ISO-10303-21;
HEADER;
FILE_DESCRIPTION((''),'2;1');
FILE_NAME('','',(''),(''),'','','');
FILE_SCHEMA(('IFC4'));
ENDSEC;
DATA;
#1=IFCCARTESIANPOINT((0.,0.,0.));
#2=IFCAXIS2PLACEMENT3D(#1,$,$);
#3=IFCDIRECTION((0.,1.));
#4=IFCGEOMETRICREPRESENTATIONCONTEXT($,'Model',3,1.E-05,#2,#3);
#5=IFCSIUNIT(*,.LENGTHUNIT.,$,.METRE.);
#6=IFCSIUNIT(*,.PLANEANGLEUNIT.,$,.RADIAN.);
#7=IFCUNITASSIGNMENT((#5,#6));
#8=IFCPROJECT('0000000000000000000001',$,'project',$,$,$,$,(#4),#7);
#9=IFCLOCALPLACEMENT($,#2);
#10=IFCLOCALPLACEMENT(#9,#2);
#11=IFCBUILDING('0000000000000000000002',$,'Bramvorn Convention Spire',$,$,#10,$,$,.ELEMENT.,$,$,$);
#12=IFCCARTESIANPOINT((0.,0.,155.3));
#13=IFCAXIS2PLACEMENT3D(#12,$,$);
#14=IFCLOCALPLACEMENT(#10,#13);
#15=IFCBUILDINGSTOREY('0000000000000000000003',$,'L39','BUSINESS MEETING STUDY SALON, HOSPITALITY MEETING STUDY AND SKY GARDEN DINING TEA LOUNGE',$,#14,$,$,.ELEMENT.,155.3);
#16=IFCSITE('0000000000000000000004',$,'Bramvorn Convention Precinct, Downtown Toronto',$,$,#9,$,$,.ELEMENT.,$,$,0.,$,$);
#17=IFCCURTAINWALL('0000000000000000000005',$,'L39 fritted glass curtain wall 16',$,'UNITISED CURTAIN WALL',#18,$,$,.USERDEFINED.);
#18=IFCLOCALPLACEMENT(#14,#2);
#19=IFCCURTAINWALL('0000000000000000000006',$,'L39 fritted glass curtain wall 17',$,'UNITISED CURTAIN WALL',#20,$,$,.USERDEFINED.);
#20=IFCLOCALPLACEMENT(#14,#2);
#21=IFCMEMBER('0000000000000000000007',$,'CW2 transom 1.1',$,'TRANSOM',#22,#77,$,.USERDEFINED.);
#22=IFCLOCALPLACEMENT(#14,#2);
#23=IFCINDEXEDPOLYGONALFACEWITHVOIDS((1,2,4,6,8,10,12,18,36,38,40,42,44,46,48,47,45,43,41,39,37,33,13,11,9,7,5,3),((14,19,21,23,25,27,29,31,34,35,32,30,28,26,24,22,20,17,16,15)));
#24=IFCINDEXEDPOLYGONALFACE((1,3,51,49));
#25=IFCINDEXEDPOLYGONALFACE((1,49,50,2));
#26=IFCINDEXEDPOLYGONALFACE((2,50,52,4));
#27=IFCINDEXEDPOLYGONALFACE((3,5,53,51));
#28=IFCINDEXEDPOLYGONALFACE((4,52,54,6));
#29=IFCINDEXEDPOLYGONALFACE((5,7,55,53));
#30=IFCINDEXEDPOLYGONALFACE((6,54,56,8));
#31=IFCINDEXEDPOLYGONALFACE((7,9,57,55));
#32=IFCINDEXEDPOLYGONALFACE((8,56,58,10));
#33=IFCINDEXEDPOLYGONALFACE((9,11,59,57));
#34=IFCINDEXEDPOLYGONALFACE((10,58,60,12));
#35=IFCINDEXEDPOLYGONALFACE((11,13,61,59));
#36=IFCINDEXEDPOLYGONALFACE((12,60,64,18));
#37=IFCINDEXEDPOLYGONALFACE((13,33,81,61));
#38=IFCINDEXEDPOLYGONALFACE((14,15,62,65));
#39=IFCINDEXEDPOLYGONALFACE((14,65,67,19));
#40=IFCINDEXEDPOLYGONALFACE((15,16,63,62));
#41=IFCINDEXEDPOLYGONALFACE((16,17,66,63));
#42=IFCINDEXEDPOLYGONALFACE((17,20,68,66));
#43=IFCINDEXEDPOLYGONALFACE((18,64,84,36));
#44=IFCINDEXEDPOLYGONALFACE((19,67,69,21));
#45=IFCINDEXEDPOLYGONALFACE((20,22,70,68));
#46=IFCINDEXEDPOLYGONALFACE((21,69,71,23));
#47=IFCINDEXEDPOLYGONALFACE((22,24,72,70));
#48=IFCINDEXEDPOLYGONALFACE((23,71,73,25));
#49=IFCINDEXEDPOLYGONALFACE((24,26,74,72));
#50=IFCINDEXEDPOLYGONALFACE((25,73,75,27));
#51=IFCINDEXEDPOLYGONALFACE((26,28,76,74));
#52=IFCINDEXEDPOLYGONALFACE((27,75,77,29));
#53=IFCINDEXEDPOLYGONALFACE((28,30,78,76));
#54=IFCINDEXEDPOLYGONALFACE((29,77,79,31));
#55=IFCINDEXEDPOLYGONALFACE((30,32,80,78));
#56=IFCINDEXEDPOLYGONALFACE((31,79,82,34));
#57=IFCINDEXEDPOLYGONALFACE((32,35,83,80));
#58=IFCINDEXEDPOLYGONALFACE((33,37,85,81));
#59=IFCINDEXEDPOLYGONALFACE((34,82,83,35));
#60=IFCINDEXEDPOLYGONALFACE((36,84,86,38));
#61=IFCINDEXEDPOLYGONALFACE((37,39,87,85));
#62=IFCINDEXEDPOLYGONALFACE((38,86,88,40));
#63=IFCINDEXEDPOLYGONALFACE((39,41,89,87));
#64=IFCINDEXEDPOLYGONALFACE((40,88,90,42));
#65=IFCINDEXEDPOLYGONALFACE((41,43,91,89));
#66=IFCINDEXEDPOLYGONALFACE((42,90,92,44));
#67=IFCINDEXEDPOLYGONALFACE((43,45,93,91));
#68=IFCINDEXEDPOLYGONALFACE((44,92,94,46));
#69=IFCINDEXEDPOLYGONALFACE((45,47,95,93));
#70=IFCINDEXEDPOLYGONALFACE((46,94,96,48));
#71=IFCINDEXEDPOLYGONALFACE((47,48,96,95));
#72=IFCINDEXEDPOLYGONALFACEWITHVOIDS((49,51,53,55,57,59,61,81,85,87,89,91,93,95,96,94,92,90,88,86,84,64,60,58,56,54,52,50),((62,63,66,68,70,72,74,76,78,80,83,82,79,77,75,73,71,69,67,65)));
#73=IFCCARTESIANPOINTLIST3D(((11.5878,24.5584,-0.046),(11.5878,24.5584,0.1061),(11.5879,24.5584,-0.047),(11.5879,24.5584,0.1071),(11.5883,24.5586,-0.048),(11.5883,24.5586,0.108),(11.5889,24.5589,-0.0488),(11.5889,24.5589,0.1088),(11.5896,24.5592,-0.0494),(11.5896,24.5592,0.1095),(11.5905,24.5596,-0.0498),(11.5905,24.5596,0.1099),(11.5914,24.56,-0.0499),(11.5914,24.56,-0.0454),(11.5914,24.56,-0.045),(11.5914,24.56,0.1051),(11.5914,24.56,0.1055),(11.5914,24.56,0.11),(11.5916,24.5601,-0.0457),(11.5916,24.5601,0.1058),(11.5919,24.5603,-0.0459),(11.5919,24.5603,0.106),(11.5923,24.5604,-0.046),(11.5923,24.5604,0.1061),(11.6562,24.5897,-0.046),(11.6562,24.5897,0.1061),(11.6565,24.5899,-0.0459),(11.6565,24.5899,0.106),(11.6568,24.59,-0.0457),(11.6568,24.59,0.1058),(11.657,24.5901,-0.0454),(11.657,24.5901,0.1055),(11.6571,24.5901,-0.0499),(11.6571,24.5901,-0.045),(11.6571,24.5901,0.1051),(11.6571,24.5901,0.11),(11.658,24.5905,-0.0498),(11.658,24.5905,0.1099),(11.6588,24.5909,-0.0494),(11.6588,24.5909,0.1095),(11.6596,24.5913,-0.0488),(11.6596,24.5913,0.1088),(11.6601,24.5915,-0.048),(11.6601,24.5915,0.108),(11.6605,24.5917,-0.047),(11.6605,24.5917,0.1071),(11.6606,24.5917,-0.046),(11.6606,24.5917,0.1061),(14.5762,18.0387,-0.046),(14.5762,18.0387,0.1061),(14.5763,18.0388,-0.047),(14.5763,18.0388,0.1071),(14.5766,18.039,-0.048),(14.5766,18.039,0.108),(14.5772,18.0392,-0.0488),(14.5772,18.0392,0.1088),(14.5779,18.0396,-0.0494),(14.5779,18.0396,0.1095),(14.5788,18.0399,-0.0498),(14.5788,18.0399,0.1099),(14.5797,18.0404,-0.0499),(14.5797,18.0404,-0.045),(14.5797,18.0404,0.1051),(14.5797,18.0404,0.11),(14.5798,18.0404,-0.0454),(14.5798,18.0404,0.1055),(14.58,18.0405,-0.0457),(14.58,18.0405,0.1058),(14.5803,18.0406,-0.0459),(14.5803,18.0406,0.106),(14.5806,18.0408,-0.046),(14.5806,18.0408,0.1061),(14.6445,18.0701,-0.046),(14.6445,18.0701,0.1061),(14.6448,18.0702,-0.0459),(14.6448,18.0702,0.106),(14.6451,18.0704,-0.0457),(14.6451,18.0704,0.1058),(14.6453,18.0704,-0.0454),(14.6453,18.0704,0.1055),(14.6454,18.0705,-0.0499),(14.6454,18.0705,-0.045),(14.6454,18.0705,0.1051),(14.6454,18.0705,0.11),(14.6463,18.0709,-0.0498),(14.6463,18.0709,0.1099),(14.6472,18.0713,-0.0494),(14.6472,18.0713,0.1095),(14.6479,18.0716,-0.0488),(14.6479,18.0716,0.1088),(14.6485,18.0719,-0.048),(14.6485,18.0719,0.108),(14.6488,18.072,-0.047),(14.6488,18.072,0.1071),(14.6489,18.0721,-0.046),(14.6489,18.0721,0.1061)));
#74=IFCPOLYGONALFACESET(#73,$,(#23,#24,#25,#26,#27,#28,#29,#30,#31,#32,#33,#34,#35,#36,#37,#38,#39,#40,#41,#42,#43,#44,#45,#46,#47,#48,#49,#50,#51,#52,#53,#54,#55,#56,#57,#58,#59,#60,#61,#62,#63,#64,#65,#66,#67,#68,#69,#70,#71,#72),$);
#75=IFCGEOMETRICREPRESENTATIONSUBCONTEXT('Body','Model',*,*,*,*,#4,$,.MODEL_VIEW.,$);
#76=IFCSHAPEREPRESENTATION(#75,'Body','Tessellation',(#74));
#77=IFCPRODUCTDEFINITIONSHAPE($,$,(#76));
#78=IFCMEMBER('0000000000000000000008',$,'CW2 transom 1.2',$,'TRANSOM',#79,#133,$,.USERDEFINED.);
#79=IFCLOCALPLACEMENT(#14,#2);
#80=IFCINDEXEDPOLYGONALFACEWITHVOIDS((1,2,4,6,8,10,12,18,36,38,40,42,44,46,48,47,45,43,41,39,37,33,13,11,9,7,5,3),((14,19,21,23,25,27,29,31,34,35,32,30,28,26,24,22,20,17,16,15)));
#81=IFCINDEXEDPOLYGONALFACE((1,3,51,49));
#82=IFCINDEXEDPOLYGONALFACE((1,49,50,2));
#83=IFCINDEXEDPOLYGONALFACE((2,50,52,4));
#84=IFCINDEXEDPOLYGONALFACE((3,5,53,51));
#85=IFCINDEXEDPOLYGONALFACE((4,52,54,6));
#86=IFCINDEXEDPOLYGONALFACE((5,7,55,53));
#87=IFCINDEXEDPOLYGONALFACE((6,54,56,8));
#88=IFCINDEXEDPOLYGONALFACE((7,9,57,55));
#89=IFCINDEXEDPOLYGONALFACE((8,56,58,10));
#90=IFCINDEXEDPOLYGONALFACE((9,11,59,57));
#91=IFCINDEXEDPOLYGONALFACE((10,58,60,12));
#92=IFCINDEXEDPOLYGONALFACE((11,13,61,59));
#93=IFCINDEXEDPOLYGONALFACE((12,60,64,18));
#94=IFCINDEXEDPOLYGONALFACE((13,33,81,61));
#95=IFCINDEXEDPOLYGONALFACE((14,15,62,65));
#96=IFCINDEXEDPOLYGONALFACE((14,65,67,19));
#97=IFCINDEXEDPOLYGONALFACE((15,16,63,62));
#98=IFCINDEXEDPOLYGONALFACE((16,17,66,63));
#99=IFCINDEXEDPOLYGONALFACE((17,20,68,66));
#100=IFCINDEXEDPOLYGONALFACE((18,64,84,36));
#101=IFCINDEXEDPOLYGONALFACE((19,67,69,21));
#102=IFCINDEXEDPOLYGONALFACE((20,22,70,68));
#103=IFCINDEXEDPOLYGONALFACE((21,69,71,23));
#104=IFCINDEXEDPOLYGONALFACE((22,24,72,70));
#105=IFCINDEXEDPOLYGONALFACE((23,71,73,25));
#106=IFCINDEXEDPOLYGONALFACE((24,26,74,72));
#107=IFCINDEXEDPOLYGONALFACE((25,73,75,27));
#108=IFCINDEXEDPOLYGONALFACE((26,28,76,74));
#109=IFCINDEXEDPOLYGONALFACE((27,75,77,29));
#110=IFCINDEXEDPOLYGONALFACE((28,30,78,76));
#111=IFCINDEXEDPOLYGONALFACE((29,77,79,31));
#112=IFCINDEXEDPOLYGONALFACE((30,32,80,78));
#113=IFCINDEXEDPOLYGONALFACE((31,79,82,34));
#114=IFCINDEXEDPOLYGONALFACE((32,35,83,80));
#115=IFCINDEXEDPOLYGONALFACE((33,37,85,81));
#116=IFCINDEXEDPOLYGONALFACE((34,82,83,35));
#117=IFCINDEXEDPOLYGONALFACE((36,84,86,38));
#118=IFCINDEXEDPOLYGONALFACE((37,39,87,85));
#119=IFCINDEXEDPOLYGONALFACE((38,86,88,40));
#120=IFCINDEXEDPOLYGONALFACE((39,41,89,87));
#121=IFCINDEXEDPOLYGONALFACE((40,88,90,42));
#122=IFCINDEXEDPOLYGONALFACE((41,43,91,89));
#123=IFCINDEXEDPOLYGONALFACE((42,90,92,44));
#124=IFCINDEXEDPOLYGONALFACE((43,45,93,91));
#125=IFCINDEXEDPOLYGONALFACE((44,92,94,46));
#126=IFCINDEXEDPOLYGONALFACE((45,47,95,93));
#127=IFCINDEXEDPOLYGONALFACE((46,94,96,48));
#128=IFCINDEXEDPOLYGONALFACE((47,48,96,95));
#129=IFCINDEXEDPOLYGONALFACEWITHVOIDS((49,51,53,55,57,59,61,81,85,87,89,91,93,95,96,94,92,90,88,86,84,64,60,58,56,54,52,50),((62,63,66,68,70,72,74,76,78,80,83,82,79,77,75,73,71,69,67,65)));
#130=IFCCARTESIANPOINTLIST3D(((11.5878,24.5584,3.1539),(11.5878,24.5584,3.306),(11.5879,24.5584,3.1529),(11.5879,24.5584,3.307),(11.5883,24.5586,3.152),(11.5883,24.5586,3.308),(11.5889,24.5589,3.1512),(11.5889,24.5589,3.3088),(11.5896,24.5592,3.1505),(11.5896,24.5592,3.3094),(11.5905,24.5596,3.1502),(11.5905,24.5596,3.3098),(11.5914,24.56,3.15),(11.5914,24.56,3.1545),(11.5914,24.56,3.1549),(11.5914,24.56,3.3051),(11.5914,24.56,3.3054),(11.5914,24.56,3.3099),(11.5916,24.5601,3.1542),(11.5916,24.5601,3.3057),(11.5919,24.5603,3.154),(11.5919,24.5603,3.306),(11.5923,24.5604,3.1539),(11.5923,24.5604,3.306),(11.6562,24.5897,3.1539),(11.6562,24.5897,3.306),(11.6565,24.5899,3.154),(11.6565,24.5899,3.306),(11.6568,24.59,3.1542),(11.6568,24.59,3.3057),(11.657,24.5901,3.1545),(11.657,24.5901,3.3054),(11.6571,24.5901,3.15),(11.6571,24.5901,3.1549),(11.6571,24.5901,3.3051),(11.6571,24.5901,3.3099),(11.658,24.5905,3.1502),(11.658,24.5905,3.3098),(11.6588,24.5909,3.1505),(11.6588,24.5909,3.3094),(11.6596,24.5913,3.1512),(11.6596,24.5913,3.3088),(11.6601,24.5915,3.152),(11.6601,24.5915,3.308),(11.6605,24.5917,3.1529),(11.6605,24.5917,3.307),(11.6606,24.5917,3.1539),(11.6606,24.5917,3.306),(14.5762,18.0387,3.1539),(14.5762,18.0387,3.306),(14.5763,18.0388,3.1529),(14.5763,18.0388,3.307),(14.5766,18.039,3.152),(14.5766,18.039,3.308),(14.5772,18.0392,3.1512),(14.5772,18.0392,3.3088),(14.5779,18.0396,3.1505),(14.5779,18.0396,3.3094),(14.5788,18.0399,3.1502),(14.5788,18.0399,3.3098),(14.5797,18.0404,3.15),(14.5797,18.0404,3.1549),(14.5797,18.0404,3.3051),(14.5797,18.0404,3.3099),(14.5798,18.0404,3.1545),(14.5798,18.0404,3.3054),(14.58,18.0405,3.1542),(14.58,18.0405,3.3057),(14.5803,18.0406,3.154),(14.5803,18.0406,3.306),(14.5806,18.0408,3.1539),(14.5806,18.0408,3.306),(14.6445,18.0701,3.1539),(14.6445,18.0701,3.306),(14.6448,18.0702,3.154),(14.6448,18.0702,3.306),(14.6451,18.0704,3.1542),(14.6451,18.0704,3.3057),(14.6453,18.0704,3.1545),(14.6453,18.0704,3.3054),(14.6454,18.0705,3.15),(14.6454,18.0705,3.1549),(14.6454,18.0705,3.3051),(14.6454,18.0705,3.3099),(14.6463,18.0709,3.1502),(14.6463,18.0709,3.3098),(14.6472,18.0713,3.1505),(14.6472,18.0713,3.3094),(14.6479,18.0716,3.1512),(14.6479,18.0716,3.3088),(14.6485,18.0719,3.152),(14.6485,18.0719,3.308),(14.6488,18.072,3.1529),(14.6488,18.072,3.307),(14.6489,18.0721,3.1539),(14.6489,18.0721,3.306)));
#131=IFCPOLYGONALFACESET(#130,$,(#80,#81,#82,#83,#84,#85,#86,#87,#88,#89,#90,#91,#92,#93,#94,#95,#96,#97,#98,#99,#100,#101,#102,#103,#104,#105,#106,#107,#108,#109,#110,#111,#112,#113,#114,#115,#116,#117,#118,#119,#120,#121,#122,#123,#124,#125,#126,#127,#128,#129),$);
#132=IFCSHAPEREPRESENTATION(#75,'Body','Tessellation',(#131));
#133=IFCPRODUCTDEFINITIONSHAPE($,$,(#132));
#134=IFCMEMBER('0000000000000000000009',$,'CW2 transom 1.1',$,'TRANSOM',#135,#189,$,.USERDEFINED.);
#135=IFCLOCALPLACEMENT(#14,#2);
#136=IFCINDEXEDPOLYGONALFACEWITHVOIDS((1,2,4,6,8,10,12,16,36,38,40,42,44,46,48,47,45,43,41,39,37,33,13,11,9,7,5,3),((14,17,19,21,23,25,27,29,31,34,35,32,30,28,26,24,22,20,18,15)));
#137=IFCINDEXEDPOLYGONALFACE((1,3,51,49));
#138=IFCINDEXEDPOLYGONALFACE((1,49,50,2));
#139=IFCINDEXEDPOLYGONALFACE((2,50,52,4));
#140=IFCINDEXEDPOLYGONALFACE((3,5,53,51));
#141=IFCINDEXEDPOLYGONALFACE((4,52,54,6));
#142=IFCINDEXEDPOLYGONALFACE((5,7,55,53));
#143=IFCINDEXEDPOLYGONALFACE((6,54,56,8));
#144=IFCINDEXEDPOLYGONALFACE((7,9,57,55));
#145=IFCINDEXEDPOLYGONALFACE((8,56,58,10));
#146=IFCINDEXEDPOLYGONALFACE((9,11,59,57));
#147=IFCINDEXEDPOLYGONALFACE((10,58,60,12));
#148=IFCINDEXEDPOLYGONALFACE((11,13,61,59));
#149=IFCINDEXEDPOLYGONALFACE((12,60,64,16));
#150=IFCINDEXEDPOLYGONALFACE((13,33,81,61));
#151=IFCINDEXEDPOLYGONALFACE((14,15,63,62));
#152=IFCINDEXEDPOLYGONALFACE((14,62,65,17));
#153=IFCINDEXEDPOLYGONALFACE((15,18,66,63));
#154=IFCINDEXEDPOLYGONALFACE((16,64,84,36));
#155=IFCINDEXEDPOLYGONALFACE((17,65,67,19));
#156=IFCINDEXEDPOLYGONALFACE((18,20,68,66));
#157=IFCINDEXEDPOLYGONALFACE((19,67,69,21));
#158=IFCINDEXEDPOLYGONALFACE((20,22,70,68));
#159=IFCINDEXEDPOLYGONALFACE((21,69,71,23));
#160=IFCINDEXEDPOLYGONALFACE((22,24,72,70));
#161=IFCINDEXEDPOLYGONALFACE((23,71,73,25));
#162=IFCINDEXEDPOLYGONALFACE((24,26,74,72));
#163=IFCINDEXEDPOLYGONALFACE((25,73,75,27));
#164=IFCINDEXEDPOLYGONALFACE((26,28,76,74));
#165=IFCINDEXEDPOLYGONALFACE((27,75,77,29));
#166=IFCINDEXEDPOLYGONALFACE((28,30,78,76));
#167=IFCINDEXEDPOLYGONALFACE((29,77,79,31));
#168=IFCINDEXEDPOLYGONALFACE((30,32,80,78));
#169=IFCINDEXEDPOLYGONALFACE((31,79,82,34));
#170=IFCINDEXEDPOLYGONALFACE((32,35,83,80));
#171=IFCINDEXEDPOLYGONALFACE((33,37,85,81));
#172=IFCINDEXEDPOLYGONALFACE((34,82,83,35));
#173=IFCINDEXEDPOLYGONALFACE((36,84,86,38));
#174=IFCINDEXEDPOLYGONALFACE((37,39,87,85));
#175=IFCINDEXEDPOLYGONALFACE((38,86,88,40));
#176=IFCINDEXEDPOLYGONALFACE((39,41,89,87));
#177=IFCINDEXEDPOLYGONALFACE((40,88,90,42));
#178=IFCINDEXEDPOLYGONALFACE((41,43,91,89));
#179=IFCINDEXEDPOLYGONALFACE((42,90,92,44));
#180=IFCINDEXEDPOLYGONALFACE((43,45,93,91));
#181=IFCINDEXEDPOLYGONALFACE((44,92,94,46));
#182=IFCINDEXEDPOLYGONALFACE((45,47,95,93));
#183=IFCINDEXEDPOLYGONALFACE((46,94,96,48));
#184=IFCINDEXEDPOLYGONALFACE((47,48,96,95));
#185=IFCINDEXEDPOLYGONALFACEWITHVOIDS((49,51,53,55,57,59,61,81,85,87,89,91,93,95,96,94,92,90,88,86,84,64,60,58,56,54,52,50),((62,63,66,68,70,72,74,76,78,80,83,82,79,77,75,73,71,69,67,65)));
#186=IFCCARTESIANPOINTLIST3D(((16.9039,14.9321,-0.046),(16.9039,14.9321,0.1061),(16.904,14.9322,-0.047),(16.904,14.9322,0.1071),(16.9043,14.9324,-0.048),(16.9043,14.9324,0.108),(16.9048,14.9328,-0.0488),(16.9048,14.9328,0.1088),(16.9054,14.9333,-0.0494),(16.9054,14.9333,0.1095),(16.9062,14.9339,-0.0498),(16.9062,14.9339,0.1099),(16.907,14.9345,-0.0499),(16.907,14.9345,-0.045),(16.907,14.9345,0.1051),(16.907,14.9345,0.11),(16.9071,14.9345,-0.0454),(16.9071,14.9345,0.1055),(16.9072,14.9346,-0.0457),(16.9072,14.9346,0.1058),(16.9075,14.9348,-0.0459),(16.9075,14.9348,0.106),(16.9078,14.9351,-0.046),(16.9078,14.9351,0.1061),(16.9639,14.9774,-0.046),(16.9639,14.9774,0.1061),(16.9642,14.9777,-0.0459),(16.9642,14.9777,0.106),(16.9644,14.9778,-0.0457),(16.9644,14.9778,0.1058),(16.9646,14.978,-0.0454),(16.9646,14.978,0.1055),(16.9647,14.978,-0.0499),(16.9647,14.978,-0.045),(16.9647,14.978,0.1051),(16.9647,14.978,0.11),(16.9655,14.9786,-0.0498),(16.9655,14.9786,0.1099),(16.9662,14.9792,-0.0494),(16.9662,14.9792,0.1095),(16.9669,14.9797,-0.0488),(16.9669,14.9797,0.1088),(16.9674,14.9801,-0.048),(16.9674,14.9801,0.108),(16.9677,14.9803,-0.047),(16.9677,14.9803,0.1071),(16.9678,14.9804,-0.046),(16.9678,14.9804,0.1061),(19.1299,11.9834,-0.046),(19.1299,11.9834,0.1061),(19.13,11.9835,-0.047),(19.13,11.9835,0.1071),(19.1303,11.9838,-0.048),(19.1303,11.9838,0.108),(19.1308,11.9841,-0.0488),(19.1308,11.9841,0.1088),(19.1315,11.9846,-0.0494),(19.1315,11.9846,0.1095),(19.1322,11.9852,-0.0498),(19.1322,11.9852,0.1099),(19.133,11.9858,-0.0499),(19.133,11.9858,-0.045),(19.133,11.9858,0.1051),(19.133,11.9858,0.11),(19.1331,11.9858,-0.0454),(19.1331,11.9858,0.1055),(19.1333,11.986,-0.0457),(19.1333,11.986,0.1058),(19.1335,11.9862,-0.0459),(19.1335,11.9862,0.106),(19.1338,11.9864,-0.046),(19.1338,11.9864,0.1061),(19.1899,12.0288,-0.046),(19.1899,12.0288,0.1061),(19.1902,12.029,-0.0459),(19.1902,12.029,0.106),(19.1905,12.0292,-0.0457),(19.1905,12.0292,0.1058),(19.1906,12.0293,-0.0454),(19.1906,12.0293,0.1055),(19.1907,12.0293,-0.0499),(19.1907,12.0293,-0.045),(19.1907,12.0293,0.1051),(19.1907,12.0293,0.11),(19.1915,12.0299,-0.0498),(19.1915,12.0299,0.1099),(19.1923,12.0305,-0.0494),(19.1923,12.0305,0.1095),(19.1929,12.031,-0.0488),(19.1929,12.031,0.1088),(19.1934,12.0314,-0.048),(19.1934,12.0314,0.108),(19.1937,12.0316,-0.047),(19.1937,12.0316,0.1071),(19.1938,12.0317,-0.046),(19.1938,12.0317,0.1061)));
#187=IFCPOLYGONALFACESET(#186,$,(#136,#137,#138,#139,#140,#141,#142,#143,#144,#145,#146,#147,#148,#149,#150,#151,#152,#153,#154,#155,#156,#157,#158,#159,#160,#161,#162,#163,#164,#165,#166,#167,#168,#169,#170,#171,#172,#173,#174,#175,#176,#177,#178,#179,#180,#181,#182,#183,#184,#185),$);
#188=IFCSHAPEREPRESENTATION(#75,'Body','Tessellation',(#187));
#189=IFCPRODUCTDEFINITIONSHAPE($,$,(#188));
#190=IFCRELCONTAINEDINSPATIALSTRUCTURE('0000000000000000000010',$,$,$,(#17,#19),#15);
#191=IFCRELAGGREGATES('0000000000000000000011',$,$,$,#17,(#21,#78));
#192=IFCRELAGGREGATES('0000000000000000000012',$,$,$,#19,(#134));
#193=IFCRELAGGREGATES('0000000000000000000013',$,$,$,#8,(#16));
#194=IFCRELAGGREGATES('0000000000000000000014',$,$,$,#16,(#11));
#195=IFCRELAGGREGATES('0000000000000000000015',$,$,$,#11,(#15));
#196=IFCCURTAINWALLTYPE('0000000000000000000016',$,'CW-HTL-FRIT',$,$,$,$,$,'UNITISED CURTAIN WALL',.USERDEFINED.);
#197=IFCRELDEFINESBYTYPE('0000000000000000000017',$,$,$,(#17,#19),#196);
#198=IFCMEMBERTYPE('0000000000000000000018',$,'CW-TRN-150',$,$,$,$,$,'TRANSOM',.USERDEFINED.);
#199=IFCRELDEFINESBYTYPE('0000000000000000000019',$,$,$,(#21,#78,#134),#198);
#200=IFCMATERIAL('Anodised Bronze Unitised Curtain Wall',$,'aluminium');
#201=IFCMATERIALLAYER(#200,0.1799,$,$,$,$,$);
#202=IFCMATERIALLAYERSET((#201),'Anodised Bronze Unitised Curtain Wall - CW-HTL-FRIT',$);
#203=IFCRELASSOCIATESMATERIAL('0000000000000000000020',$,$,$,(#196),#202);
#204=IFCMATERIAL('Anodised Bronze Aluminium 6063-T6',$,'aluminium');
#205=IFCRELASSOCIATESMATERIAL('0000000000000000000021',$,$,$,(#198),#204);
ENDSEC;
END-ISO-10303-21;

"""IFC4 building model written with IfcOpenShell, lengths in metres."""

from ifc_helpers import new_model, si_unit, direction, frame, origin, origin_2d, place, context, subcontext, project, spatial, hollow_rectangle, extrude, material, layer, layer_set, material_profile, profile_set, type_object, element, aggregate, save


model = new_model("IFC4")

# Units and contexts
model_context = context("Model", 3, precision=1e-05, world=origin(), true_north=direction((0.0, 1.0)))
body_context = subcontext(model_context, "Body", "Model", "MODEL_VIEW")
ifc_project = project(units=[si_unit("LENGTHUNIT", "METRE"), si_unit("PLANEANGLEUNIT", "RADIAN")], contexts=[model_context])

# Site, building, storey
site_placement = place(None, origin())
site = spatial("IfcSite", under=ifc_project, at=site_placement, Name="Bramvorn Convention Precinct, Downtown Toronto", CompositionType="ELEMENT", RefElevation=0.0)
building_placement = place(site_placement, origin())
building = spatial("IfcBuilding", under=site, at=building_placement, Name="Bramvorn Convention Spire", CompositionType="ELEMENT")
storey_placement = place(building_placement, frame((0.0, 0.0, 155.3)))
storey = spatial("IfcBuildingStorey", under=building, at=storey_placement, Name="L39", Description="BUSINESS MEETING STUDY SALON, HOSPITALITY MEETING STUDY AND SKY GARDEN DINING TEA LOUNGE", CompositionType="ELEMENT", Elevation=155.3)

# Shared definitions
ifc_material_1 = material(Name="Anodised Bronze Unitised Curtain Wall", Category="aluminium")
ifc_layer_1 = layer(ifc_material_1, 0.1799)
ifc_layer_set_1 = layer_set([ifc_layer_1], Name="Anodised Bronze Unitised Curtain Wall - CW-HTL-FRIT")
curtain_wall_type = type_object("IfcCurtainWallType", Name="CW-HTL-FRIT", ElementType="UNITISED CURTAIN WALL", PredefinedType="USERDEFINED", material=ifc_layer_set_1)
ifc_material_2 = material(Name="Anodised Bronze Aluminium 6063-T6", Category="aluminium")

# Curtain walls
curtain_wall_1_placement = place(storey_placement, origin())
curtain_wall_1 = element("IfcCurtainWall", 1, at=curtain_wall_1_placement, inside=storey, type_object=curtain_wall_type, Name="L39 fritted glass curtain wall 16", ObjectType="UNITISED CURTAIN WALL", PredefinedType="USERDEFINED")
curtain_wall_2_placement = place(storey_placement, origin())
curtain_wall_2 = element("IfcCurtainWall", 2, at=curtain_wall_2_placement, inside=storey, type_object=curtain_wall_type, Name="L39 fritted glass curtain wall 17", ObjectType="UNITISED CURTAIN WALL", PredefinedType="USERDEFINED")

# Members
ifc_material_profile_1 = material_profile(ifc_material_2, hollow_rectangle(XDim=0.0801, YDim=0.1599, WallThickness=0.0039, InnerFilletRadius=0.001, OuterFilletRadius=0.0039, at=origin_2d()))
ifc_profile_set_1 = profile_set([ifc_material_profile_1], Name="Anodised Bronze Aluminium 6063-T6 - CWT80X160")
member_type_1 = type_object("IfcMemberType", Name="CW-TRN-150", ElementType="TRANSOM", PredefinedType="USERDEFINED", material=ifc_profile_set_1)
member_1_placement = place(storey_placement, frame((14.6125, 18.0554, 0.03), z_axis=(-0.416673, 0.909056, 0.0), x_axis=(-0.909056, -0.416673, 0.0)))
member_1 = element("IfcMember", 3, at=member_1_placement, type_object=member_type_1, Name="CW2 transom 1.1", ObjectType="TRANSOM", PredefinedType="USERDEFINED", context=body_context, shape_type="SweptSolid", body=[
    extrude(hollow_rectangle(XDim=0.0801, YDim=0.1599, WallThickness=0.0039, InnerFilletRadius=0.001, OuterFilletRadius=0.0039, at=origin_2d()), origin(), (0.0, 0.0, 1.0), 7.1719),
])
member_2_placement = place(storey_placement, frame((14.6125, 18.0554, 3.23), z_axis=(-0.416673, 0.909056, 0.0), x_axis=(-0.909056, -0.416673, 0.0)))
member_2 = element("IfcMember", 4, at=member_2_placement, type_object=member_type_1, Name="CW2 transom 1.2", ObjectType="TRANSOM", PredefinedType="USERDEFINED", context=body_context, shape_type="SweptSolid", body=[
    extrude(hollow_rectangle(XDim=0.0801, YDim=0.1599, WallThickness=0.0039, InnerFilletRadius=0.001, OuterFilletRadius=0.0039, at=origin_2d()), origin(), (0.0, 0.0, 1.0), 7.1719),
])
member_3_placement = place(storey_placement, frame((19.1619, 12.0076, 0.03), z_axis=(-0.602513, 0.798109, 0.0), x_axis=(-0.798109, -0.602513, 0.0)))
member_3 = element("IfcMember", 5, at=member_3_placement, type_object=member_type_1, Name="CW2 transom 1.1", ObjectType="TRANSOM", PredefinedType="USERDEFINED", context=body_context, shape_type="SweptSolid", body=[
    extrude(hollow_rectangle(XDim=0.0801, YDim=0.1599, WallThickness=0.0039, InnerFilletRadius=0.001, OuterFilletRadius=0.0039, at=origin_2d()), origin(), (0.0, 0.0, 1.0), 3.6946),
])

aggregate(curtain_wall_1, [member_1, member_2])
aggregate(curtain_wall_2, [member_3])

save(model, "model.ifc")
